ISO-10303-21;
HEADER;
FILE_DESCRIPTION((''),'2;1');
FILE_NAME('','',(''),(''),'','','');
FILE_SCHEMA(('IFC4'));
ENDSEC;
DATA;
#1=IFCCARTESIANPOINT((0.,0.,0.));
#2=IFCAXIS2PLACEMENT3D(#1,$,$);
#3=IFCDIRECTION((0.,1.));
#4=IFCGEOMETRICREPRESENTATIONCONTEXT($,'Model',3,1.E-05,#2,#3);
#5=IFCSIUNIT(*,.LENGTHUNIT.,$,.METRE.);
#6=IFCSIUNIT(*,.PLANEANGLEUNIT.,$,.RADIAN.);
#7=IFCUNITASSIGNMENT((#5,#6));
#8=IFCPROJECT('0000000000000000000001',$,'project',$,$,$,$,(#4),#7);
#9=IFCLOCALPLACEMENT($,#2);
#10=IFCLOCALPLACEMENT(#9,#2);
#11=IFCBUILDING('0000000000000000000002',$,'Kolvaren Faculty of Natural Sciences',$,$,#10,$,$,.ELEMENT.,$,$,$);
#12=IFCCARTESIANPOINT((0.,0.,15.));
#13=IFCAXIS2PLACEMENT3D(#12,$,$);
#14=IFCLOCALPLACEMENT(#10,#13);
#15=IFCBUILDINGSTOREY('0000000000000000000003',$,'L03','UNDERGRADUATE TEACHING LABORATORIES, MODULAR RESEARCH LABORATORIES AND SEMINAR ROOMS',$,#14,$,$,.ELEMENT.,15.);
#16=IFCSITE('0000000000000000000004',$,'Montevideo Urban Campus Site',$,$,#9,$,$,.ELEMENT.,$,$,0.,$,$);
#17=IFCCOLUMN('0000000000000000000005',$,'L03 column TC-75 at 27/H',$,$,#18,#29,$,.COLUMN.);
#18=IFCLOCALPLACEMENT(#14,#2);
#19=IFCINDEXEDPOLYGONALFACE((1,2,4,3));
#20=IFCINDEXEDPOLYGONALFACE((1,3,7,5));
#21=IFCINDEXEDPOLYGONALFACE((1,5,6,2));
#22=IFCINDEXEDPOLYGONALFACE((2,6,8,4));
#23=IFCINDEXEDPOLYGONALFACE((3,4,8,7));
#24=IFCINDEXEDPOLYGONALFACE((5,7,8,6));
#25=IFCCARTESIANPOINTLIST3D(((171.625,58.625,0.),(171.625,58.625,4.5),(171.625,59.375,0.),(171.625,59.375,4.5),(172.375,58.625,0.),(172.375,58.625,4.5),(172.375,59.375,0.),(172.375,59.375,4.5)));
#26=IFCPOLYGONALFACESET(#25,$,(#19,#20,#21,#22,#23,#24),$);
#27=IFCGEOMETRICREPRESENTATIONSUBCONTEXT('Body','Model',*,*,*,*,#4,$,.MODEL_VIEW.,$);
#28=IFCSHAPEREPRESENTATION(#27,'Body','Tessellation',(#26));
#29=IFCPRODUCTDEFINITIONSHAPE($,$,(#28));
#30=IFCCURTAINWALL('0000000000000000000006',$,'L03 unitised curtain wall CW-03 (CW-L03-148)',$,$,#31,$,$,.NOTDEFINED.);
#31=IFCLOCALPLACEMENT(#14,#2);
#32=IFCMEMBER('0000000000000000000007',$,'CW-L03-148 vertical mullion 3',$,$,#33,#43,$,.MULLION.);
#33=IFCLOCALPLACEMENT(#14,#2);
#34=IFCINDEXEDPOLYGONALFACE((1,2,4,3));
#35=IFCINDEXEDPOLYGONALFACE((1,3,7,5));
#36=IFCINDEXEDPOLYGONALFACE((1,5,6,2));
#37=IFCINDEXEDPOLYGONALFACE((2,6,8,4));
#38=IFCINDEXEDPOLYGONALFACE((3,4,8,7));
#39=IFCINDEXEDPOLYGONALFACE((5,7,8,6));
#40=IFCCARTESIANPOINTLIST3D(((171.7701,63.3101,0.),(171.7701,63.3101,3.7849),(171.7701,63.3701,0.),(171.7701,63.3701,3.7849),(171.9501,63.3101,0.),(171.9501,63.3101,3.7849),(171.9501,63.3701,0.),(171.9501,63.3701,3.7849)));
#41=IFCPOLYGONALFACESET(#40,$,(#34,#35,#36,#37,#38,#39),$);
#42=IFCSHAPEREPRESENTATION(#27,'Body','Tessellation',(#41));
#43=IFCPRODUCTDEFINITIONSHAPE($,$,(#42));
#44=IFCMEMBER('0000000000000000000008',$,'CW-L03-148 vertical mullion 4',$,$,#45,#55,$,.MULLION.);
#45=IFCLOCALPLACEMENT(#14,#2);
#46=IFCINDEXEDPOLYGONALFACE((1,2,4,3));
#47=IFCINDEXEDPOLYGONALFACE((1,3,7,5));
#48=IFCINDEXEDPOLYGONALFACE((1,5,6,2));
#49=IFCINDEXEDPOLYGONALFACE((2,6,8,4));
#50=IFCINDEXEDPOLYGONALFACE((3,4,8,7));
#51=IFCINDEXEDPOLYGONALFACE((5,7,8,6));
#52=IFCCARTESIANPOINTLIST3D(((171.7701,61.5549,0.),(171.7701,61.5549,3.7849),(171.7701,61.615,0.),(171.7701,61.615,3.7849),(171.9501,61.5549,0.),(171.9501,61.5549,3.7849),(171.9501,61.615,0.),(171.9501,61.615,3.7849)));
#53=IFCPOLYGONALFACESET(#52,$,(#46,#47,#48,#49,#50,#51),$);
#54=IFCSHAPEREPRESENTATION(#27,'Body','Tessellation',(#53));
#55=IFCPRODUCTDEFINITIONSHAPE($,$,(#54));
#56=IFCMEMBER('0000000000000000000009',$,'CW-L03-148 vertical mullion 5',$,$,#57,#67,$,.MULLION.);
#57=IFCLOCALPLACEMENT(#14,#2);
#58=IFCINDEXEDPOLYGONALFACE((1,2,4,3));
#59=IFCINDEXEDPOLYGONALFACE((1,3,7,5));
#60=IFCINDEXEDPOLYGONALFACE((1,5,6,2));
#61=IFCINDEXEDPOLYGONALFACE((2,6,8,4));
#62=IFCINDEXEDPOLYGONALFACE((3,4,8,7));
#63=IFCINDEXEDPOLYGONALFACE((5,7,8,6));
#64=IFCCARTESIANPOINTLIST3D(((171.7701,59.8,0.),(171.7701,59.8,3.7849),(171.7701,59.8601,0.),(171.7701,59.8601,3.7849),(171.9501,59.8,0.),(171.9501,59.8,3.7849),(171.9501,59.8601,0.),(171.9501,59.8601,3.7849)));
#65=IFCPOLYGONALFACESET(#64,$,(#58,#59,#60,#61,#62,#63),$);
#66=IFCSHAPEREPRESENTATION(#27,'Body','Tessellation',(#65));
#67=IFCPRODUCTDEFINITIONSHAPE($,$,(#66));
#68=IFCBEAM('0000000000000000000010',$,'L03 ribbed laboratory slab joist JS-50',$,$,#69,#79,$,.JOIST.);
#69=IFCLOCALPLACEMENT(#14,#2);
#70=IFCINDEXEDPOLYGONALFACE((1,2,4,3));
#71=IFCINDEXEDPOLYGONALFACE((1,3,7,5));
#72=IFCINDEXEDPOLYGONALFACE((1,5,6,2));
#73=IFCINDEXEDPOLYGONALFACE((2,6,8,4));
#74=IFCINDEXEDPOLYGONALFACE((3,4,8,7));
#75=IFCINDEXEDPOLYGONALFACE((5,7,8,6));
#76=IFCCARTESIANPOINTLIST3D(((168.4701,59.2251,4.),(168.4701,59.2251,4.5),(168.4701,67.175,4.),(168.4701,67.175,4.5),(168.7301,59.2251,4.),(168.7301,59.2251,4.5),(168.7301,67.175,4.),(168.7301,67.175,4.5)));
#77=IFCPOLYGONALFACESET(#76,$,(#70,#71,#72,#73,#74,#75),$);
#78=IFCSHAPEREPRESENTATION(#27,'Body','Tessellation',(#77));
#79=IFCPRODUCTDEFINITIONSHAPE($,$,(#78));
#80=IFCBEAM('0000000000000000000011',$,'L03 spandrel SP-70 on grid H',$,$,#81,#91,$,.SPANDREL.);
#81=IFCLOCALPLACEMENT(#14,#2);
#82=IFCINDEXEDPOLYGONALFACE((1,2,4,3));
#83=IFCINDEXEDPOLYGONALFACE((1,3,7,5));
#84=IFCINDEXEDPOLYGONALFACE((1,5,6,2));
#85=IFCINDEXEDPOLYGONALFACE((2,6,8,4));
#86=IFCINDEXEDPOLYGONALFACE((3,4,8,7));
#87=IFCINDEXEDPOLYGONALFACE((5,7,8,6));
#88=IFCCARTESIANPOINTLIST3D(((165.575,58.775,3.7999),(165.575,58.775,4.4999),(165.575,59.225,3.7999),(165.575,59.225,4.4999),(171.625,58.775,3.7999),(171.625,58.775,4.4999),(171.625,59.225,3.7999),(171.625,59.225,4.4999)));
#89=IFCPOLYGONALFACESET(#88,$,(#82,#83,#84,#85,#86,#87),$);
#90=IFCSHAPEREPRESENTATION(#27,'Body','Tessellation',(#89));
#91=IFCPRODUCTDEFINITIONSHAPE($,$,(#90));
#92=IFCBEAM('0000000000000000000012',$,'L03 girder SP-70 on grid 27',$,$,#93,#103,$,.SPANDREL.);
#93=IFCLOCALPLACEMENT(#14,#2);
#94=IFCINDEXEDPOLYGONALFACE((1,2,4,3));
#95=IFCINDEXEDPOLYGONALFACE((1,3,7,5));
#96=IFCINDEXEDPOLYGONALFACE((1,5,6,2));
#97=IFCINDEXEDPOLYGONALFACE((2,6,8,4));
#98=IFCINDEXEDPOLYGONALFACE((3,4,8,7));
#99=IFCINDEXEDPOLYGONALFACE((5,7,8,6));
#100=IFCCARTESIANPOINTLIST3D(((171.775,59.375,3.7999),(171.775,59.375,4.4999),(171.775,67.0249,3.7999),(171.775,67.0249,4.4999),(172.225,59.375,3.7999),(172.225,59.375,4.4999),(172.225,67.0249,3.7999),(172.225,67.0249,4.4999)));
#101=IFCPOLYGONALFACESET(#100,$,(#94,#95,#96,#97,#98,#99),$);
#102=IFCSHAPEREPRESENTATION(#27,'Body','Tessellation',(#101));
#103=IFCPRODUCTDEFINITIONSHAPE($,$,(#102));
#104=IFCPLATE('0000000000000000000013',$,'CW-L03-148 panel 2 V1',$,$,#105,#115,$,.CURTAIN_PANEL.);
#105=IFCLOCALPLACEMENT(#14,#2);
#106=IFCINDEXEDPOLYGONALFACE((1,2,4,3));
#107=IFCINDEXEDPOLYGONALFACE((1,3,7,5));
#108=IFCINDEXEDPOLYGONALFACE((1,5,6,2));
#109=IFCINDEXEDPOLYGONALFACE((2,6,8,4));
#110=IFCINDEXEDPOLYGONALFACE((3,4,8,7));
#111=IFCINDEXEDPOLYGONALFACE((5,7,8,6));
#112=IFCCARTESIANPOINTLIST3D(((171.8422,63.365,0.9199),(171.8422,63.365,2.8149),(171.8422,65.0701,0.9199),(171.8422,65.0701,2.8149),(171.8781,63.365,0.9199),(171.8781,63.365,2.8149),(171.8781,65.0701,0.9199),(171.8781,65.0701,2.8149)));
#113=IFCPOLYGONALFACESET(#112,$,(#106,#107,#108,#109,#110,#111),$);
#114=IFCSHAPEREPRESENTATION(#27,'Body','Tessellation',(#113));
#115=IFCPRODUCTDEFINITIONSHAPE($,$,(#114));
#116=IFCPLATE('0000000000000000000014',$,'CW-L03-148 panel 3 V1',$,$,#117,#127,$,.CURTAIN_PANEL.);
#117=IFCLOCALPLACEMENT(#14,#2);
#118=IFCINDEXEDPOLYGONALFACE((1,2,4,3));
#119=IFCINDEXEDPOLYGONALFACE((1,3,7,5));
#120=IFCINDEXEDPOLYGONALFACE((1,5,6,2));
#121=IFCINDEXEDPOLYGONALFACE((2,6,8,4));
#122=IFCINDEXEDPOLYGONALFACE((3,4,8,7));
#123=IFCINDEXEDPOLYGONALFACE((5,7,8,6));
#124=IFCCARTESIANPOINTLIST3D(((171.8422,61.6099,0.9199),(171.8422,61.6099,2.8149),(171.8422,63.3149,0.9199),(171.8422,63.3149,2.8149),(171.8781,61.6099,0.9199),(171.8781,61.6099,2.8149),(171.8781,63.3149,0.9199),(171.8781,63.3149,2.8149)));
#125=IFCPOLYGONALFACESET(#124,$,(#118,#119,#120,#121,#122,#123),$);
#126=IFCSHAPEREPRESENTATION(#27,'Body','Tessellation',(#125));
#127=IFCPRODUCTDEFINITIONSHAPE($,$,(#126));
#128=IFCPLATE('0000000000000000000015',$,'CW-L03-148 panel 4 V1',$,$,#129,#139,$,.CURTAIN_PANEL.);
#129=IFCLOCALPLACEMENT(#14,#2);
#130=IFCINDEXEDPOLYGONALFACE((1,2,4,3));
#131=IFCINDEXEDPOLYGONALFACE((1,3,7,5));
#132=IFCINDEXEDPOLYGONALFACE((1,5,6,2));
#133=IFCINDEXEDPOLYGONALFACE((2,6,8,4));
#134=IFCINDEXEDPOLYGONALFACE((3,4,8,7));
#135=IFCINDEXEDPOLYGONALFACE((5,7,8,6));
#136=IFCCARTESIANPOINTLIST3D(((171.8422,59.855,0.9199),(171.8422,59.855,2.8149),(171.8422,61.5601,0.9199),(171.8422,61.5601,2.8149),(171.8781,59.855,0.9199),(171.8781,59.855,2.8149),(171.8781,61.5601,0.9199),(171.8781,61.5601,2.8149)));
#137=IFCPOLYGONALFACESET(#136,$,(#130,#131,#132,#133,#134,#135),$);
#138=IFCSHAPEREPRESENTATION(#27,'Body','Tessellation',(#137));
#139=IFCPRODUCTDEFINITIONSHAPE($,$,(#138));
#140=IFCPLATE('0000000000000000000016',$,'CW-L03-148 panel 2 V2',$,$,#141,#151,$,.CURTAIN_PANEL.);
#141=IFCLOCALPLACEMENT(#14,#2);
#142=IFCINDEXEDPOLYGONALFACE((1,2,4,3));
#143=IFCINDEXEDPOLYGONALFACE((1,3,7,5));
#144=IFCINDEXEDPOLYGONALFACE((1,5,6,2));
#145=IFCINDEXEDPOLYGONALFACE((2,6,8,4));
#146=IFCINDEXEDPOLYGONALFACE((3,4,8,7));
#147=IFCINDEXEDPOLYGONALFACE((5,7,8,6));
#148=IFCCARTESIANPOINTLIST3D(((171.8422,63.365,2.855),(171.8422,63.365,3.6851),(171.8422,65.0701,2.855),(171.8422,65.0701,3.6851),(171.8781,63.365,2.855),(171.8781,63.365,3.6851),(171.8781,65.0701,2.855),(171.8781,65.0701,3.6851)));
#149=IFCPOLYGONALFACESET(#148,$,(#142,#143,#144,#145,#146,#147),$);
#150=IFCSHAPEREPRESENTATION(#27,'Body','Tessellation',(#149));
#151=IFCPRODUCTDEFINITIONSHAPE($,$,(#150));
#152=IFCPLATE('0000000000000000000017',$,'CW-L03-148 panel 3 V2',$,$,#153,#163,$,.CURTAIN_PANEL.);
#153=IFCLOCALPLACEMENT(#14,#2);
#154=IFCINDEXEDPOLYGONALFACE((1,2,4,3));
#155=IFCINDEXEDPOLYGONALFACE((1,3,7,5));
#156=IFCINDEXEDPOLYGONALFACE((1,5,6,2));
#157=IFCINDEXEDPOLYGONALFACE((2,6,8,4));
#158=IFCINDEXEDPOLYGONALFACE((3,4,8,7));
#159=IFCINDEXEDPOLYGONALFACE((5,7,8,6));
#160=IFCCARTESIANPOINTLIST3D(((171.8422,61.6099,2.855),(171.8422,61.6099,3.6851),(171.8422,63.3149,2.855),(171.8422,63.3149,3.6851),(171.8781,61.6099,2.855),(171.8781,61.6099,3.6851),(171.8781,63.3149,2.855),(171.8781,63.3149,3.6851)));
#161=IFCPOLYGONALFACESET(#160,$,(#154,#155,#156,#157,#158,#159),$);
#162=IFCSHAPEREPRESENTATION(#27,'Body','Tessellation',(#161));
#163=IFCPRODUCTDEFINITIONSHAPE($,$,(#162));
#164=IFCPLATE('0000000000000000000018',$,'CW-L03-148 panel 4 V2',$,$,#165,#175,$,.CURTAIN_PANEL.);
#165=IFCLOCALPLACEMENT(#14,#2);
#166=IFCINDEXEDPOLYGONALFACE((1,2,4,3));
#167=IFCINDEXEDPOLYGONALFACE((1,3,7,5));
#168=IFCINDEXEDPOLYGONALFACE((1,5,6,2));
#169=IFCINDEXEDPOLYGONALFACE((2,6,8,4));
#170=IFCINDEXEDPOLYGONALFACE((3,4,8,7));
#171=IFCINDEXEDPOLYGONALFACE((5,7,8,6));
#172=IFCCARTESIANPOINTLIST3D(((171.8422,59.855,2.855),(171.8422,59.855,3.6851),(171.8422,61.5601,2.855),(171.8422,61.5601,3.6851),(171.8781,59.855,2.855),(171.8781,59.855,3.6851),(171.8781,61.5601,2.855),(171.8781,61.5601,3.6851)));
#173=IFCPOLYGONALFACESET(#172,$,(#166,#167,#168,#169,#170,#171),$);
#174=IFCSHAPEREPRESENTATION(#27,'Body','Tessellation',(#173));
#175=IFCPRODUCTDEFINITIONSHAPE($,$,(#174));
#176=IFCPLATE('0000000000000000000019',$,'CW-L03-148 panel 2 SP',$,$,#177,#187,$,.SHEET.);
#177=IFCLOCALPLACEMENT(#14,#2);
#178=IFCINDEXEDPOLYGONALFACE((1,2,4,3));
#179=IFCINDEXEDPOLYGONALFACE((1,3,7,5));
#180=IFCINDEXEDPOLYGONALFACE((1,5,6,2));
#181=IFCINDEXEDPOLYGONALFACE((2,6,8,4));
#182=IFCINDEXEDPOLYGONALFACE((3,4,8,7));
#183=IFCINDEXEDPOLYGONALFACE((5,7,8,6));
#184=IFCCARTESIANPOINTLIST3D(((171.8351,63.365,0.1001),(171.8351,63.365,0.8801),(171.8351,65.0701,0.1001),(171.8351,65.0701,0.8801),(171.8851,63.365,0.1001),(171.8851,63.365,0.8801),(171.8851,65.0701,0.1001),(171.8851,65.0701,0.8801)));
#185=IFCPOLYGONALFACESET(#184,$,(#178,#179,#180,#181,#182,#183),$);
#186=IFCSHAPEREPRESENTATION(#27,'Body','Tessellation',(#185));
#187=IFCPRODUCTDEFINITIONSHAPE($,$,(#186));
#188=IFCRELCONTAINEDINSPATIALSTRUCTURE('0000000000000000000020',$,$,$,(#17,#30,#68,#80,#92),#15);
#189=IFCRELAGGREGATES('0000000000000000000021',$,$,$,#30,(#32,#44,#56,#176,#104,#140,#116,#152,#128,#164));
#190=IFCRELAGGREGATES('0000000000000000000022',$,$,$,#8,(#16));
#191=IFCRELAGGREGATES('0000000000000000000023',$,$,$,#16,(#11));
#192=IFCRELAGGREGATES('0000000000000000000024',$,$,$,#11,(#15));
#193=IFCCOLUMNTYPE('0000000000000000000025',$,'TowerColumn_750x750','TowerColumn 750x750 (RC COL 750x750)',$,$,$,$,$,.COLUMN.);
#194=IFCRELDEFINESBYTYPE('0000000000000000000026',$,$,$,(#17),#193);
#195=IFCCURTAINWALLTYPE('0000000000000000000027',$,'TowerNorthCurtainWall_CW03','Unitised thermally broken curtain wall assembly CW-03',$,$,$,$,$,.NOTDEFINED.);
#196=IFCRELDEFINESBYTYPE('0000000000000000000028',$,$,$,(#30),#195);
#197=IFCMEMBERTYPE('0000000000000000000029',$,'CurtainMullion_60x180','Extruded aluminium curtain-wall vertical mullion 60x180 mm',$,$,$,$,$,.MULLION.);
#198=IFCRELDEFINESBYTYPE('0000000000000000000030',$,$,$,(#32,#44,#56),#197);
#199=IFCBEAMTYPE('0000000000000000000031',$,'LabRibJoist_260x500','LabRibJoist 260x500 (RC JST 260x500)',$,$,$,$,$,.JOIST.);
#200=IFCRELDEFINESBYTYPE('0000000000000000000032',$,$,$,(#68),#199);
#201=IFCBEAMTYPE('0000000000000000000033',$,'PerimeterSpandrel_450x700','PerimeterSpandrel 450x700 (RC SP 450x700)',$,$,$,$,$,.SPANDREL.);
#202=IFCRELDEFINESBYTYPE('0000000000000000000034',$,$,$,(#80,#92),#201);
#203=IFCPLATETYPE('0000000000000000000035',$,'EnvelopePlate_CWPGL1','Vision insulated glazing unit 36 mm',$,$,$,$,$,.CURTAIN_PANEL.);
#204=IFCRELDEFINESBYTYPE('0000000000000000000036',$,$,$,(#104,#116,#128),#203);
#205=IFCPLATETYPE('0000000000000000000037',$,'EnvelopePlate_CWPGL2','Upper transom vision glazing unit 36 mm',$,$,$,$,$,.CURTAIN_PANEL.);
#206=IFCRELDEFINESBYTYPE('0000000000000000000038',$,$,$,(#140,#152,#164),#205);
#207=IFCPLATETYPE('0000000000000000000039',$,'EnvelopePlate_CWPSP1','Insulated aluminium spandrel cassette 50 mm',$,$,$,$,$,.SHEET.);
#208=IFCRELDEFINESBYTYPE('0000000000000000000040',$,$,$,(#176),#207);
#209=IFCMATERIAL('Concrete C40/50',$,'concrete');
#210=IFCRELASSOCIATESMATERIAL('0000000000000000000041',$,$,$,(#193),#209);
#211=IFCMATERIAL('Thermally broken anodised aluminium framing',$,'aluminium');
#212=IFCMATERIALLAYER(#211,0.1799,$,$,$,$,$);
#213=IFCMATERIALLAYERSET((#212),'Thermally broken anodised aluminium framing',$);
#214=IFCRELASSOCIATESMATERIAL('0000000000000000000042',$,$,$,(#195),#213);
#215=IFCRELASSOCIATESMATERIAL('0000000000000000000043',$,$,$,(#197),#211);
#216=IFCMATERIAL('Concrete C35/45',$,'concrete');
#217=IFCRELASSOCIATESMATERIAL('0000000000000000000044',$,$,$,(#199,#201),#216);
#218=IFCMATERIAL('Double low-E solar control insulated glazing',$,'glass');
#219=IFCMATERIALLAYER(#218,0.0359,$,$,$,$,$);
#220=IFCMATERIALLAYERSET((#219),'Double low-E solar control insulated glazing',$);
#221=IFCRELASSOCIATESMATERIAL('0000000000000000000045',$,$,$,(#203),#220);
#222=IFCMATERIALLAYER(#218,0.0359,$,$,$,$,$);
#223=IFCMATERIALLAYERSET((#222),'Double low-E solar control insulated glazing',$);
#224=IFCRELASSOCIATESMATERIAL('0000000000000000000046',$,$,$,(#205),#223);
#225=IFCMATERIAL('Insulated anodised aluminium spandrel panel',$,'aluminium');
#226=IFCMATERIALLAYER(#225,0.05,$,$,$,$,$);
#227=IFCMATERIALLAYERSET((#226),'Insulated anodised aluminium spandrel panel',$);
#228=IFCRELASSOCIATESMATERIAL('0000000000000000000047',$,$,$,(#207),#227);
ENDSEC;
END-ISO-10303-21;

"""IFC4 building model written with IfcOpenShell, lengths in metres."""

from ifc_helpers import new_model, si_unit, direction, frame, origin, origin_2d, place, context, subcontext, project, spatial, rectangle, extrude, material, layer, layer_set, material_profile, profile_set, type_object, element, aggregate, save


model = new_model("IFC4")

# Units and contexts
model_context = context("Model", 3, precision=1e-05, world=origin(), true_north=direction((0.0, 1.0)))
body_context = subcontext(model_context, "Body", "Model", "MODEL_VIEW")
ifc_project = project(units=[si_unit("LENGTHUNIT", "METRE"), si_unit("PLANEANGLEUNIT", "RADIAN")], contexts=[model_context])

# Site, building, storey
site_placement = place(None, origin())
site = spatial("IfcSite", under=ifc_project, at=site_placement, Name="Montevideo Urban Campus Site", CompositionType="ELEMENT", RefElevation=0.0)
building_placement = place(site_placement, origin())
building = spatial("IfcBuilding", under=site, at=building_placement, Name="Kolvaren Faculty of Natural Sciences", CompositionType="ELEMENT")
storey_placement = place(building_placement, frame((0.0, 0.0, 15.0)))
storey = spatial("IfcBuildingStorey", under=building, at=storey_placement, Name="L03", Description="UNDERGRADUATE TEACHING LABORATORIES, MODULAR RESEARCH LABORATORIES AND SEMINAR ROOMS", CompositionType="ELEMENT", Elevation=15.0)

# Column
ifc_material_1 = material(Name="Concrete C40/50", Category="concrete")
ifc_material_profile_1 = material_profile(ifc_material_1, rectangle(XDim=0.75, YDim=0.75, at=origin_2d()), Name="RC COL 750x750")
ifc_profile_set_1 = profile_set([ifc_material_profile_1], Name="Concrete C40/50")
column_type = type_object("IfcColumnType", Name="TowerColumn_750x750", Description="TowerColumn 750x750 (RC COL 750x750)", PredefinedType="COLUMN", material=ifc_profile_set_1)
column_placement = place(storey_placement, frame((172.0, 59.0, 0.0), z_axis=(0.0, 0.0, 1.0), x_axis=(1.0, 0.0, 0.0)))
element("IfcColumn", 1, at=column_placement, inside=storey, type_object=column_type, Name="L03 column TC-75 at 27/H", PredefinedType="COLUMN", context=body_context, shape_type="SweptSolid", body=[
    extrude(rectangle(XDim=0.75, YDim=0.75, at=origin_2d()), origin(), (0.0, 0.0, 1.0), 4.5),
])

# Curtain wall, members
ifc_material_2 = material(Name="Thermally broken anodised aluminium framing", Category="aluminium")
ifc_layer_1 = layer(ifc_material_2, 0.1799)
ifc_layer_set_1 = layer_set([ifc_layer_1], Name="Thermally broken anodised aluminium framing")
curtain_wall_type = type_object("IfcCurtainWallType", Name="TowerNorthCurtainWall_CW03", Description="Unitised thermally broken curtain wall assembly CW-03", PredefinedType="NOTDEFINED", material=ifc_layer_set_1)
curtain_wall_placement = place(storey_placement, origin())
curtain_wall = element("IfcCurtainWall", 2, at=curtain_wall_placement, inside=storey, type_object=curtain_wall_type, Name="L03 unitised curtain wall CW-03 (CW-L03-148)", PredefinedType="NOTDEFINED")
ifc_material_profile_2 = material_profile(ifc_material_2, rectangle(XDim=0.0601, YDim=0.1799, at=origin_2d()), Name="ALU MUL 60x180")
ifc_profile_set_2 = profile_set([ifc_material_profile_2], Name="Thermally broken anodised aluminium framing")
member_type = type_object("IfcMemberType", Name="CurtainMullion_60x180", Description="Extruded aluminium curtain-wall vertical mullion 60x180 mm", PredefinedType="MULLION", material=ifc_profile_set_2)
member_1_placement = place(storey_placement, frame((171.8601, 63.3401, 0.0), z_axis=(0.0, 0.0, 1.0), x_axis=(0.0, -1.0, 0.0)))
member_1 = element("IfcMember", 3, at=member_1_placement, type_object=member_type, Name="CW-L03-148 vertical mullion 3", PredefinedType="MULLION", context=body_context, shape_type="SweptSolid", body=[
    extrude(rectangle(XDim=0.0601, YDim=0.1799, at=origin_2d()), origin(), (0.0, 0.0, 1.0), 3.7849),
])
member_2_placement = place(storey_placement, frame((171.8601, 61.585, 0.0), z_axis=(0.0, 0.0, 1.0), x_axis=(0.0, -1.0, 0.0)))
member_2 = element("IfcMember", 4, at=member_2_placement, type_object=member_type, Name="CW-L03-148 vertical mullion 4", PredefinedType="MULLION", context=body_context, shape_type="SweptSolid", body=[
    extrude(rectangle(XDim=0.0601, YDim=0.1799, at=origin_2d()), origin(), (0.0, 0.0, 1.0), 3.7849),
])
member_3_placement = place(storey_placement, frame((171.8601, 59.8301, 0.0), z_axis=(0.0, 0.0, 1.0), x_axis=(0.0, -1.0, 0.0)))
member_3 = element("IfcMember", 5, at=member_3_placement, type_object=member_type, Name="CW-L03-148 vertical mullion 5", PredefinedType="MULLION", context=body_context, shape_type="SweptSolid", body=[
    extrude(rectangle(XDim=0.0601, YDim=0.1799, at=origin_2d()), origin(), (0.0, 0.0, 1.0), 3.7849),
])

# Beams
ifc_material_3 = material(Name="Concrete C35/45", Category="concrete")
ifc_material_profile_3 = material_profile(ifc_material_3, rectangle(XDim=0.26, YDim=0.5, at=origin_2d()), Name="RC JST 260x500")
ifc_profile_set_3 = profile_set([ifc_material_profile_3], Name="Concrete C35/45")
beam_type_1 = type_object("IfcBeamType", Name="LabRibJoist_260x500", Description="LabRibJoist 260x500 (RC JST 260x500)", PredefinedType="JOIST", material=ifc_profile_set_3)
beam_1_placement = place(storey_placement, frame((168.6001, 59.2251, 4.25), z_axis=(0.0, 1.0, 0.0), x_axis=(-1.0, 0.0, 0.0)))
element("IfcBeam", 6, at=beam_1_placement, inside=storey, type_object=beam_type_1, Name="L03 ribbed laboratory slab joist JS-50", PredefinedType="JOIST", context=body_context, shape_type="SweptSolid", body=[
    extrude(rectangle(XDim=0.26, YDim=0.5, at=origin_2d()), origin(), (0.0, 0.0, 1.0), 7.95),
])
ifc_material_profile_4 = material_profile(ifc_material_3, rectangle(XDim=0.45, YDim=0.7, at=origin_2d()), Name="RC SP 450x700")
ifc_profile_set_4 = profile_set([ifc_material_profile_4], Name="Concrete C35/45")
beam_type_2 = type_object("IfcBeamType", Name="PerimeterSpandrel_450x700", Description="PerimeterSpandrel 450x700 (RC SP 450x700)", PredefinedType="SPANDREL", material=ifc_profile_set_4)
beam_2_placement = place(storey_placement, frame((165.575, 59.0, 4.1499), z_axis=(1.0, 0.0, 0.0), x_axis=(0.0, 1.0, 0.0)))
element("IfcBeam", 7, at=beam_2_placement, inside=storey, type_object=beam_type_2, Name="L03 spandrel SP-70 on grid H", PredefinedType="SPANDREL", context=body_context, shape_type="SweptSolid", body=[
    extrude(rectangle(XDim=0.45, YDim=0.7, at=origin_2d()), origin(), (0.0, 0.0, 1.0), 6.05),
])
beam_3_placement = place(storey_placement, frame((172.0, 59.375, 4.1499), z_axis=(0.0, 1.0, 0.0), x_axis=(-1.0, 0.0, 0.0)))
element("IfcBeam", 8, at=beam_3_placement, inside=storey, type_object=beam_type_2, Name="L03 girder SP-70 on grid 27", PredefinedType="SPANDREL", context=body_context, shape_type="SweptSolid", body=[
    extrude(rectangle(XDim=0.45, YDim=0.7, at=origin_2d()), origin(), (0.0, 0.0, 1.0), 7.6499),
])

# Plates
ifc_material_4 = material(Name="Double low-E solar control insulated glazing", Category="glass")
ifc_layer_2 = layer(ifc_material_4, 0.0359)
ifc_layer_set_2 = layer_set([ifc_layer_2], Name="Double low-E solar control insulated glazing")
plate_type_1 = type_object("IfcPlateType", Name="EnvelopePlate_CWPGL1", Description="Vision insulated glazing unit 36 mm", PredefinedType="CURTAIN_PANEL", material=ifc_layer_set_2)
plate_1_placement = place(storey_placement, frame((171.8601, 64.2175, 0.9199), z_axis=(0.0, 0.0, 1.0), x_axis=(0.0, -1.0, 0.0)))
plate_1 = element("IfcPlate", 9, at=plate_1_placement, type_object=plate_type_1, Name="CW-L03-148 panel 2 V1", PredefinedType="CURTAIN_PANEL", context=body_context, shape_type="SweptSolid", body=[
    extrude(rectangle(XDim=1.7051, YDim=0.0359, at=origin_2d()), origin(), (0.0, 0.0, 1.0), 1.895),
])
plate_2_placement = place(storey_placement, frame((171.8601, 62.4624, 0.9199), z_axis=(0.0, 0.0, 1.0), x_axis=(0.0, -1.0, 0.0)))
plate_2 = element("IfcPlate", 10, at=plate_2_placement, type_object=plate_type_1, Name="CW-L03-148 panel 3 V1", PredefinedType="CURTAIN_PANEL", context=body_context, shape_type="SweptSolid", body=[
    extrude(rectangle(XDim=1.7051, YDim=0.0359, at=origin_2d()), origin(), (0.0, 0.0, 1.0), 1.895),
])
plate_3_placement = place(storey_placement, frame((171.8601, 60.7075, 0.9199), z_axis=(0.0, 0.0, 1.0), x_axis=(0.0, -1.0, 0.0)))
plate_3 = element("IfcPlate", 11, at=plate_3_placement, type_object=plate_type_1, Name="CW-L03-148 panel 4 V1", PredefinedType="CURTAIN_PANEL", context=body_context, shape_type="SweptSolid", body=[
    extrude(rectangle(XDim=1.7051, YDim=0.0359, at=origin_2d()), origin(), (0.0, 0.0, 1.0), 1.895),
])
ifc_layer_3 = layer(ifc_material_4, 0.0359)
ifc_layer_set_3 = layer_set([ifc_layer_3], Name="Double low-E solar control insulated glazing")
plate_type_2 = type_object("IfcPlateType", Name="EnvelopePlate_CWPGL2", Description="Upper transom vision glazing unit 36 mm", PredefinedType="CURTAIN_PANEL", material=ifc_layer_set_3)
plate_4_placement = place(storey_placement, frame((171.8601, 64.2175, 2.855), z_axis=(0.0, 0.0, 1.0), x_axis=(0.0, -1.0, 0.0)))
plate_4 = element("IfcPlate", 12, at=plate_4_placement, type_object=plate_type_2, Name="CW-L03-148 panel 2 V2", PredefinedType="CURTAIN_PANEL", context=body_context, shape_type="SweptSolid", body=[
    extrude(rectangle(XDim=1.7051, YDim=0.0359, at=origin_2d()), origin(), (0.0, 0.0, 1.0), 0.8301),
])
plate_5_placement = place(storey_placement, frame((171.8601, 62.4624, 2.855), z_axis=(0.0, 0.0, 1.0), x_axis=(0.0, -1.0, 0.0)))
plate_5 = element("IfcPlate", 13, at=plate_5_placement, type_object=plate_type_2, Name="CW-L03-148 panel 3 V2", PredefinedType="CURTAIN_PANEL", context=body_context, shape_type="SweptSolid", body=[
    extrude(rectangle(XDim=1.7051, YDim=0.0359, at=origin_2d()), origin(), (0.0, 0.0, 1.0), 0.8301),
])
plate_6_placement = place(storey_placement, frame((171.8601, 60.7075, 2.855), z_axis=(0.0, 0.0, 1.0), x_axis=(0.0, -1.0, 0.0)))
plate_6 = element("IfcPlate", 14, at=plate_6_placement, type_object=plate_type_2, Name="CW-L03-148 panel 4 V2", PredefinedType="CURTAIN_PANEL", context=body_context, shape_type="SweptSolid", body=[
    extrude(rectangle(XDim=1.7051, YDim=0.0359, at=origin_2d()), origin(), (0.0, 0.0, 1.0), 0.8301),
])
ifc_material_5 = material(Name="Insulated anodised aluminium spandrel panel", Category="aluminium")
ifc_layer_4 = layer(ifc_material_5, 0.05)
ifc_layer_set_4 = layer_set([ifc_layer_4], Name="Insulated anodised aluminium spandrel panel")
plate_type_3 = type_object("IfcPlateType", Name="EnvelopePlate_CWPSP1", Description="Insulated aluminium spandrel cassette 50 mm", PredefinedType="SHEET", material=ifc_layer_set_4)
plate_7_placement = place(storey_placement, frame((171.8601, 64.2175, 0.1001), z_axis=(0.0, 0.0, 1.0), x_axis=(0.0, -1.0, 0.0)))
plate_7 = element("IfcPlate", 15, at=plate_7_placement, type_object=plate_type_3, Name="CW-L03-148 panel 2 SP", PredefinedType="SHEET", context=body_context, shape_type="SweptSolid", body=[
    extrude(rectangle(XDim=1.7051, YDim=0.05, at=origin_2d()), origin(), (0.0, 0.0, 1.0), 0.78),
])
aggregate(curtain_wall, [member_1, member_2, member_3, plate_7, plate_1, plate_4, plate_2, plate_5, plate_3, plate_6])

save(model, "model.ifc")
